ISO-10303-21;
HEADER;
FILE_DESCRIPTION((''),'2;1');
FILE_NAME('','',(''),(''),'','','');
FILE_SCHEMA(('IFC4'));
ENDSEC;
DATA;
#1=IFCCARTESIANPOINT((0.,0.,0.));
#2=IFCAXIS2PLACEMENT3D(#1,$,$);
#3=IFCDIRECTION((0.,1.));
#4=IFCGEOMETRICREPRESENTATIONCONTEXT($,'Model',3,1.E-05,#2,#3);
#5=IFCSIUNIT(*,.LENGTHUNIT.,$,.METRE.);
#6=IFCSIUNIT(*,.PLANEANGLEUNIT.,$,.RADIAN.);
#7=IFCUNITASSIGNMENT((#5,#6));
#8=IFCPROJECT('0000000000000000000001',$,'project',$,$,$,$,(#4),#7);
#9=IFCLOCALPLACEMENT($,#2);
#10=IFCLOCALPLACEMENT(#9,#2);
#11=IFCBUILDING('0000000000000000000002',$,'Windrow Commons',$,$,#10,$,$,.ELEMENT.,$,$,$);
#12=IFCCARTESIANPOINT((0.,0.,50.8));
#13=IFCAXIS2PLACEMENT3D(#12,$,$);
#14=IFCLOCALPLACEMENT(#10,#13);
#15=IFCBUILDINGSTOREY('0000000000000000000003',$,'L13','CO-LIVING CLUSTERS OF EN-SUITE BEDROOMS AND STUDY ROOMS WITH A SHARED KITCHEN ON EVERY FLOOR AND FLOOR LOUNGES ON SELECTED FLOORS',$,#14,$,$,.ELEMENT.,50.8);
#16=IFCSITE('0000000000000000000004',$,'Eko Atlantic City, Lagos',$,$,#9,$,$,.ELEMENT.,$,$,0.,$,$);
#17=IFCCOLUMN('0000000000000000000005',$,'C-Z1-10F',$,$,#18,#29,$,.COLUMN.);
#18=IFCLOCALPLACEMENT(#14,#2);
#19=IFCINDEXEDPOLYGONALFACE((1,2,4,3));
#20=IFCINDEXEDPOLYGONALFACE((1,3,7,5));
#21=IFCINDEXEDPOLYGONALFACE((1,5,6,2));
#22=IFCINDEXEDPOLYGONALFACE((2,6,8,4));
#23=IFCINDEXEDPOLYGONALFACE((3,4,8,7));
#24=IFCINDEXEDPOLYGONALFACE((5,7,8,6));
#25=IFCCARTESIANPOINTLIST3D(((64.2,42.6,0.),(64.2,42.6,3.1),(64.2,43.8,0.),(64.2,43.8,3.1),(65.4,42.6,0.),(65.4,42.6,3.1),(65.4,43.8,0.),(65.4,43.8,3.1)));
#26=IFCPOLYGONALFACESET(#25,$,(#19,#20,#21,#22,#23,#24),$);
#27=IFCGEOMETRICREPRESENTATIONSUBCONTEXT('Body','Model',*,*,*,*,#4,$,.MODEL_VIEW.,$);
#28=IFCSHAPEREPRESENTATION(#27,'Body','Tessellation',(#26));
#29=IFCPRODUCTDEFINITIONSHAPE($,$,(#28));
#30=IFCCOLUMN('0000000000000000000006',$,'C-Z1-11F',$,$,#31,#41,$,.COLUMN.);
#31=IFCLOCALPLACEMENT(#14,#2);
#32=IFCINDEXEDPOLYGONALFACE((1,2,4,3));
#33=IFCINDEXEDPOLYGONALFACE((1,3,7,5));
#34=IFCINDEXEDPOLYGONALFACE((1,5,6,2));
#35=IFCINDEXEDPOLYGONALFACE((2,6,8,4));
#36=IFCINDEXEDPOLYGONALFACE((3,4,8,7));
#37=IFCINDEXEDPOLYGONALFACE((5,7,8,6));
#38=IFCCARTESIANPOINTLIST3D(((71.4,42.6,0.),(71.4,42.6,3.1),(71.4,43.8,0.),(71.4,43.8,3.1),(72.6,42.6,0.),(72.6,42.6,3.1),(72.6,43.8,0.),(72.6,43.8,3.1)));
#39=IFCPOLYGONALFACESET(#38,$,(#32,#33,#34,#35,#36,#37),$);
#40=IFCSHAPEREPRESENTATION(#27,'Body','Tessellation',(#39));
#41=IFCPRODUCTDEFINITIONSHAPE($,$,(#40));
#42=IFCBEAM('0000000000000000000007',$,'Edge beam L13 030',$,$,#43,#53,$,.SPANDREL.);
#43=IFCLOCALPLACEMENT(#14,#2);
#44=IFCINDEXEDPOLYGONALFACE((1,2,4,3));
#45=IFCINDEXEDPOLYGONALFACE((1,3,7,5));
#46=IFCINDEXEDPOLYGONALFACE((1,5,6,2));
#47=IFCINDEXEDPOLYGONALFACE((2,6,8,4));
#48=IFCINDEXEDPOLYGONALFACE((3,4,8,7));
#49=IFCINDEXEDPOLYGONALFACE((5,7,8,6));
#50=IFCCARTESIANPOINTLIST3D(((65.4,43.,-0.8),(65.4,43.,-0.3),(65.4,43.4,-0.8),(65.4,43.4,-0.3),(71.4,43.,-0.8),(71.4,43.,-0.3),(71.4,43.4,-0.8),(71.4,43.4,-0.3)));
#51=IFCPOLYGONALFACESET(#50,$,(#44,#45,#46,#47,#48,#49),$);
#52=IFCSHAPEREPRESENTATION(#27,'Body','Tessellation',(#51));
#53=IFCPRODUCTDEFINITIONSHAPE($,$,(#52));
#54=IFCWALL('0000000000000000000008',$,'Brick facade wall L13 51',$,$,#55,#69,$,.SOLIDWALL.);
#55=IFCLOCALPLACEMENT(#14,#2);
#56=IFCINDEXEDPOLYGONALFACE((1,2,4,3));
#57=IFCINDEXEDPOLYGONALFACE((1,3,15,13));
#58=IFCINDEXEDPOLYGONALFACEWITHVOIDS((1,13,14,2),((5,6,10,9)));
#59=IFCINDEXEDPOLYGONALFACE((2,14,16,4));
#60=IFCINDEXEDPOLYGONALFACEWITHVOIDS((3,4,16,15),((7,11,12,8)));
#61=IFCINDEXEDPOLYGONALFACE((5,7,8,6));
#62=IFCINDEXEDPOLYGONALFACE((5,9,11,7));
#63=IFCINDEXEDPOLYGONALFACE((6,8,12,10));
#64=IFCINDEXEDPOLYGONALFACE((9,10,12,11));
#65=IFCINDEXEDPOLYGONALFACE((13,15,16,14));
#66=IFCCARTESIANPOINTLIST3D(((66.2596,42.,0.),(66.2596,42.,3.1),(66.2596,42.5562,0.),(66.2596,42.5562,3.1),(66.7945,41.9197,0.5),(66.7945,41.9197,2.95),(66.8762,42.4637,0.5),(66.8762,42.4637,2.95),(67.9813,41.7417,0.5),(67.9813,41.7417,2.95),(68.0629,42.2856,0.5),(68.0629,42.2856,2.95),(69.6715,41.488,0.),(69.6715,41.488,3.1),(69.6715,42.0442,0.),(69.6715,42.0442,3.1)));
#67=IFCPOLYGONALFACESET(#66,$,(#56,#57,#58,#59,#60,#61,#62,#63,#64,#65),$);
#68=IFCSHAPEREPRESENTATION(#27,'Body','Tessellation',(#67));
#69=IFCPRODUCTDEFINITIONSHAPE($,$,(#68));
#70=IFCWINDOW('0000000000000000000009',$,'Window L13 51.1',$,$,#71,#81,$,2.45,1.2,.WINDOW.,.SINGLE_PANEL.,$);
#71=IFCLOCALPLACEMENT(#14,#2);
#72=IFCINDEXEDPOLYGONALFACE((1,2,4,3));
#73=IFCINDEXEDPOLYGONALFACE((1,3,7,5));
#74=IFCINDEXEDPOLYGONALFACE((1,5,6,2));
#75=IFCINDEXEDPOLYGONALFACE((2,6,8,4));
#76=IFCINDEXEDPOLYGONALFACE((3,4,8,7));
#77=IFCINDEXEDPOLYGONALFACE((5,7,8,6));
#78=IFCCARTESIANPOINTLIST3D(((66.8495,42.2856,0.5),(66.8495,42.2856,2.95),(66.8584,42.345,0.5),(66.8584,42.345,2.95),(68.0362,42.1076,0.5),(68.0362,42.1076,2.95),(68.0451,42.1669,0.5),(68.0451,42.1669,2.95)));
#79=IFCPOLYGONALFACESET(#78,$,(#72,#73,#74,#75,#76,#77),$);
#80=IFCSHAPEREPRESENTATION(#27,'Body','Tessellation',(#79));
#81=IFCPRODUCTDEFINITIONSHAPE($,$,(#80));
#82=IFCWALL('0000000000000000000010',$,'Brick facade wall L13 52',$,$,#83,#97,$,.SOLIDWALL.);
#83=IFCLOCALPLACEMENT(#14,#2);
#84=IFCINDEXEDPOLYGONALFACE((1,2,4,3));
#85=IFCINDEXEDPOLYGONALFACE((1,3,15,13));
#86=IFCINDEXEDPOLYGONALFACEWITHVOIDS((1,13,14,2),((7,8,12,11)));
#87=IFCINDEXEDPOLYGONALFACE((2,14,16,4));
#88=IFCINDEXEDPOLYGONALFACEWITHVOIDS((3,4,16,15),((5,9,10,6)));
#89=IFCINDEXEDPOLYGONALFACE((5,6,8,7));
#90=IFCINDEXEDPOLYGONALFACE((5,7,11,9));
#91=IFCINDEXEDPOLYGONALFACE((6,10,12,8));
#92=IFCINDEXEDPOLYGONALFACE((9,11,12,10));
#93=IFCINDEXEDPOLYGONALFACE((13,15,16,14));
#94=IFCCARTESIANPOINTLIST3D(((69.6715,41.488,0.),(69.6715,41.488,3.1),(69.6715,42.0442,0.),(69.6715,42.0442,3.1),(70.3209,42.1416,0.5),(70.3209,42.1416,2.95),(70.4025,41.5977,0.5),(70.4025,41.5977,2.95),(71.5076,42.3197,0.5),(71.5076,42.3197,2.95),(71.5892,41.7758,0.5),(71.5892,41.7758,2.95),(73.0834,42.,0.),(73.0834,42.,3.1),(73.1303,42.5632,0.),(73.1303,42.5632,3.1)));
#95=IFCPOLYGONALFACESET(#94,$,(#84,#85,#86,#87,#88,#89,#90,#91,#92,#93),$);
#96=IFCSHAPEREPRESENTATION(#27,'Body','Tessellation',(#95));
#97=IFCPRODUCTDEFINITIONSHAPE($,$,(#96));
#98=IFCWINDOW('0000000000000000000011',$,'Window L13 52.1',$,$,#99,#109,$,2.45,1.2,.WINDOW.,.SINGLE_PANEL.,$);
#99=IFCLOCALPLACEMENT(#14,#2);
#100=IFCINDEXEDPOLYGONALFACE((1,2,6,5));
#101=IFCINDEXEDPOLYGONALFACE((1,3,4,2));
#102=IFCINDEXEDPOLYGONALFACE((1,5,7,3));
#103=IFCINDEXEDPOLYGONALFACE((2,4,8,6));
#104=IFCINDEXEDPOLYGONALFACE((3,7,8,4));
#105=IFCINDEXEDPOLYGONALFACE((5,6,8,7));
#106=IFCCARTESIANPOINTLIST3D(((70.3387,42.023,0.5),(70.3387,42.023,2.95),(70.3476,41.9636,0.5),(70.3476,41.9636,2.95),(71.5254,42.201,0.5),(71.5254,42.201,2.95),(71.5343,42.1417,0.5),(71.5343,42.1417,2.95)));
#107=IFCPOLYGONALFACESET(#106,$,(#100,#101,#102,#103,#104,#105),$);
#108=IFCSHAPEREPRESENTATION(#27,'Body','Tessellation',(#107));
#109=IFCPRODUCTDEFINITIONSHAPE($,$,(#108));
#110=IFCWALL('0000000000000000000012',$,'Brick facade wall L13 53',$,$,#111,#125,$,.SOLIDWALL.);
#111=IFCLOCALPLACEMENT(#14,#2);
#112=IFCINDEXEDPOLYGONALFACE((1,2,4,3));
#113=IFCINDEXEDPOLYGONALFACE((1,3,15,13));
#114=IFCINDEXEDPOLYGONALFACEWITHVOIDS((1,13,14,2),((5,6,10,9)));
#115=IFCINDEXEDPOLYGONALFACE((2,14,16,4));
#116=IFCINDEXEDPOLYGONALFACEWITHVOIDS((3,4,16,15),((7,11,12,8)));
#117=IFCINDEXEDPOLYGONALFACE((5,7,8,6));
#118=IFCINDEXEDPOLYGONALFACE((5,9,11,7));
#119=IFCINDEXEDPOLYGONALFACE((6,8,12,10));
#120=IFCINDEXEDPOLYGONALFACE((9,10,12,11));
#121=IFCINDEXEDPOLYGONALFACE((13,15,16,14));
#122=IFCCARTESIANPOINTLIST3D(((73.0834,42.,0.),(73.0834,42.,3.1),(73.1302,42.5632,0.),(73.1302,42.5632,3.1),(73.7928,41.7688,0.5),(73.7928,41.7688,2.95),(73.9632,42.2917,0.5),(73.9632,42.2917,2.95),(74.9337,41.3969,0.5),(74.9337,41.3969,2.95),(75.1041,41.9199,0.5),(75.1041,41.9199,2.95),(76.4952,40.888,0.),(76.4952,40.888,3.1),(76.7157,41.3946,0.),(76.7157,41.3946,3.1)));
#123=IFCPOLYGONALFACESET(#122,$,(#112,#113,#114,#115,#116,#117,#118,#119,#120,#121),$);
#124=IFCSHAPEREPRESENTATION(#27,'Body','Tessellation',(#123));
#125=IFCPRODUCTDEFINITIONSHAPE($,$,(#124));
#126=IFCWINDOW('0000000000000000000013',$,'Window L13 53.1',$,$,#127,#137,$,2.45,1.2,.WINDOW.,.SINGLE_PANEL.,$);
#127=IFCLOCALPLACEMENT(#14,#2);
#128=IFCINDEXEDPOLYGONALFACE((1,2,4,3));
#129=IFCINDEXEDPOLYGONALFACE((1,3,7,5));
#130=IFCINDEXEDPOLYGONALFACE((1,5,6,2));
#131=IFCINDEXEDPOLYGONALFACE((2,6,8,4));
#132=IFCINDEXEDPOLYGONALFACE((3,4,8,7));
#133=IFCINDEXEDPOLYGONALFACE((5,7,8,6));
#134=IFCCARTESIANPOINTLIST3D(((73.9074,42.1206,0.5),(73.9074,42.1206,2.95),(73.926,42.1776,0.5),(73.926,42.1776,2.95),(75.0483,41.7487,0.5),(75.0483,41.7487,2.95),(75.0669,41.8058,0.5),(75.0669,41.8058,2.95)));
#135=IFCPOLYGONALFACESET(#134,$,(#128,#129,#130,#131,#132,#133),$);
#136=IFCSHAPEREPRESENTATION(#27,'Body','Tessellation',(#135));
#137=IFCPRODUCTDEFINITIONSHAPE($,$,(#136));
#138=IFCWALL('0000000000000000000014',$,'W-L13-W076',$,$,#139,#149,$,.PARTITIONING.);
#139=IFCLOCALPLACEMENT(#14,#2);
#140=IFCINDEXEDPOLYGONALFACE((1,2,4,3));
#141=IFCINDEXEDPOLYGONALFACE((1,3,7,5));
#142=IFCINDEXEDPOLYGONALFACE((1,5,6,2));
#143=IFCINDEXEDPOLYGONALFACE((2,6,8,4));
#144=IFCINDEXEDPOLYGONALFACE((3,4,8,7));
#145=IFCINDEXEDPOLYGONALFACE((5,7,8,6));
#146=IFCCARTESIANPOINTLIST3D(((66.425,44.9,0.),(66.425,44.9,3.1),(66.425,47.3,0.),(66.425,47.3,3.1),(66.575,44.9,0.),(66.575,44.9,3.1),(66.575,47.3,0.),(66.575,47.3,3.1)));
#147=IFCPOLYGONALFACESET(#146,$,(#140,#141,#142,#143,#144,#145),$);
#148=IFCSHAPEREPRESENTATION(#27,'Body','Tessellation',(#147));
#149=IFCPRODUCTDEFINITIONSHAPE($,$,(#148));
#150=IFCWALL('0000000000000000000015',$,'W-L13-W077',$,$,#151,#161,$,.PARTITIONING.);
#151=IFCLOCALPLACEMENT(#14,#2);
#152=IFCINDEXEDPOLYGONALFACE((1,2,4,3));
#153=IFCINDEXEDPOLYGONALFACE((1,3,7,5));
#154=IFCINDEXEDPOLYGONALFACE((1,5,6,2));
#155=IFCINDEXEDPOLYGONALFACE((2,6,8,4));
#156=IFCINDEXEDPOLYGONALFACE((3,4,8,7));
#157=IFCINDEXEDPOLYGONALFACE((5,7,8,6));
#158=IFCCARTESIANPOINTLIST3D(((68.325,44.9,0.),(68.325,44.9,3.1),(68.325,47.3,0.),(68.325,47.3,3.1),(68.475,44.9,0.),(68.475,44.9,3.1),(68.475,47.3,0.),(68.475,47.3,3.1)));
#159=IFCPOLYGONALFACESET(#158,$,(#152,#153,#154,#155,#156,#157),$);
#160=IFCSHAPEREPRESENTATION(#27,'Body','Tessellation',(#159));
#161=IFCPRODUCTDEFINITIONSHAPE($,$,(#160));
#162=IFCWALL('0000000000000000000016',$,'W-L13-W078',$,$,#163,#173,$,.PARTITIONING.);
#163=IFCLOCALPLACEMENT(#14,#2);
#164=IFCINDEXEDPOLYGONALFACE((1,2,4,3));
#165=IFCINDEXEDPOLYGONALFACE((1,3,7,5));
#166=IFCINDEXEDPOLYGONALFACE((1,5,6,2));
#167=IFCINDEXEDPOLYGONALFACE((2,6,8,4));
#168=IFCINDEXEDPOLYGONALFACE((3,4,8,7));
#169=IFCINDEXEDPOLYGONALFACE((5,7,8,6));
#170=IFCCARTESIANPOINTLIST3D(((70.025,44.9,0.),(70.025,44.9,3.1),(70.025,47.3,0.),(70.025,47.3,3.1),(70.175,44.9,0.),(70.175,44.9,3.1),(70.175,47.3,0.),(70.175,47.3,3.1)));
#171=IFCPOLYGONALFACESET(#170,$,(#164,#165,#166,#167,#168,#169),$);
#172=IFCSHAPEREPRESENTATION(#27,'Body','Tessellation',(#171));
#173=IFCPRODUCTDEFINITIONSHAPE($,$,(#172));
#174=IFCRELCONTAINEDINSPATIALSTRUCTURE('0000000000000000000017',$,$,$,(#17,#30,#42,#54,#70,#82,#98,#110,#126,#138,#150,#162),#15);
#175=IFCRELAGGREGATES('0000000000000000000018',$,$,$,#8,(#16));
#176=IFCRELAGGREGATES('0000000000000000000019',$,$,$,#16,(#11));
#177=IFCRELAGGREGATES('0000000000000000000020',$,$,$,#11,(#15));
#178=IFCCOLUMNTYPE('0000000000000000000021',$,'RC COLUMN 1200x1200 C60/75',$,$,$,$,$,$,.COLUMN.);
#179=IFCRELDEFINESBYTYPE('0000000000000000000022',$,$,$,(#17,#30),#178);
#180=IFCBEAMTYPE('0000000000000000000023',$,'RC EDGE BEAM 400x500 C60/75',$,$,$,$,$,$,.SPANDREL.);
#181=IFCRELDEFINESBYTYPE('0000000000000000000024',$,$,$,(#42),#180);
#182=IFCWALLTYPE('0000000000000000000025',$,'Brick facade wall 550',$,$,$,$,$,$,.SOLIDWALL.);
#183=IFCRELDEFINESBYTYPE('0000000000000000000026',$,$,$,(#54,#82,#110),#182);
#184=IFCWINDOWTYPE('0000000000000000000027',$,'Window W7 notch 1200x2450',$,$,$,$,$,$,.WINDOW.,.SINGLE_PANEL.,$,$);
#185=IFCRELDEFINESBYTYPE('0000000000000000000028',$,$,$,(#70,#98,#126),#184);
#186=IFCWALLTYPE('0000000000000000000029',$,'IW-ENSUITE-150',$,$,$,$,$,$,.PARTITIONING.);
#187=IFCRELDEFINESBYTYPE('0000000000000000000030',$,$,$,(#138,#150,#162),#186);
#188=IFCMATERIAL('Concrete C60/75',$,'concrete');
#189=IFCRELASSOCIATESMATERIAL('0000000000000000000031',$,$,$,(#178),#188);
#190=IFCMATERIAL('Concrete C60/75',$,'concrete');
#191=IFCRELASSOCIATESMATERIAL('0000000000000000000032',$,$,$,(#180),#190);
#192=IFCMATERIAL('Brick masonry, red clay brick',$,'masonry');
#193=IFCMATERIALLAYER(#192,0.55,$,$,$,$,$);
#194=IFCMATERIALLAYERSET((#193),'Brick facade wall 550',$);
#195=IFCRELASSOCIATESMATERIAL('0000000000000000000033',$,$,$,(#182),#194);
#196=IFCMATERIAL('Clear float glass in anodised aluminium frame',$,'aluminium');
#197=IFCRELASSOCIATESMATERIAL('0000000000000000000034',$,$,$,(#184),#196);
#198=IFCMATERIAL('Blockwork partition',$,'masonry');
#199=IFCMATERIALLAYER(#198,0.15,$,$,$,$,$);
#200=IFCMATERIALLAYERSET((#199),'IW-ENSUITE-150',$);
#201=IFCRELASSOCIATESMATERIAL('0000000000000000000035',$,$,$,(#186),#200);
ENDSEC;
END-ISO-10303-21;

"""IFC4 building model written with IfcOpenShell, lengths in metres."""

from ifc_helpers import new_model, si_unit, direction, frame, frame_2d, origin, origin_2d, place, context, subcontext, project, spatial, polyline, rectangle, outline, extrude, material, layer, layer_set, material_profile, profile_set, type_object, element, fill, save


model = new_model("IFC4")

# Units and contexts
model_context = context("Model", 3, precision=1e-05, world=origin(), true_north=direction((0.0, 1.0)))
body_context = subcontext(model_context, "Body", "Model", "MODEL_VIEW")
ifc_project = project(units=[si_unit("LENGTHUNIT", "METRE"), si_unit("PLANEANGLEUNIT", "RADIAN")], contexts=[model_context])

# Site, building, storey
site_placement = place(None, origin())
site = spatial("IfcSite", under=ifc_project, at=site_placement, Name="Eko Atlantic City, Lagos", CompositionType="ELEMENT", RefElevation=0.0)
building_placement = place(site_placement, origin())
building = spatial("IfcBuilding", under=site, at=building_placement, Name="Windrow Commons", CompositionType="ELEMENT")
storey_placement = place(building_placement, frame((0.0, 0.0, 50.8)))
storey = spatial("IfcBuildingStorey", under=building, at=storey_placement, Name="L13", Description="CO-LIVING CLUSTERS OF EN-SUITE BEDROOMS AND STUDY ROOMS WITH A SHARED KITCHEN ON EVERY FLOOR AND FLOOR LOUNGES ON SELECTED FLOORS", CompositionType="ELEMENT", Elevation=50.8)

# Columns
ifc_material_1 = material(Name="Concrete C60/75", Category="concrete")
ifc_material_profile_1 = material_profile(ifc_material_1, rectangle(XDim=1.2, YDim=1.2, at=origin_2d()))
ifc_profile_set_1 = profile_set([ifc_material_profile_1], Name="Concrete C60/75")
column_type = type_object("IfcColumnType", Name="RC COLUMN 1200x1200 C60/75", PredefinedType="COLUMN", material=ifc_profile_set_1)
for number, where, z_axis, x_axis, name in (
    (1, (64.8, 43.2, 0.0), (0.0, 0.0, 1.0), (1.0, 0.0, 0.0), "C-Z1-10F"),
    (2, (72.0, 43.2, 0.0), (0.0, 0.0, 1.0), (1.0, 0.0, 0.0), "C-Z1-11F"),
):
    element("IfcColumn", number, at=place(storey_placement, frame(where, z_axis=z_axis, x_axis=x_axis)), inside=storey, type_object=column_type, Name=name, PredefinedType="COLUMN", context=body_context, shape_type="SweptSolid", body=[
        extrude(rectangle(XDim=1.2, YDim=1.2, at=origin_2d()), origin(), (0.0, 0.0, 1.0), 3.1),
    ])

# Beam
ifc_material_2 = material(Name="Concrete C60/75", Category="concrete")
ifc_material_profile_2 = material_profile(ifc_material_2, rectangle(XDim=0.4, YDim=0.5, at=origin_2d()))
ifc_profile_set_2 = profile_set([ifc_material_profile_2], Name="Concrete C60/75")
beam_type = type_object("IfcBeamType", Name="RC EDGE BEAM 400x500 C60/75", PredefinedType="SPANDREL", material=ifc_profile_set_2)
beam_placement = place(storey_placement, frame((71.4, 43.2, -0.55), z_axis=(-1.0, 0.0, 0.0), x_axis=(0.0, -1.0, 0.0)))
element("IfcBeam", 3, at=beam_placement, inside=storey, type_object=beam_type, Name="Edge beam L13 030", PredefinedType="SPANDREL", context=body_context, shape_type="SweptSolid", body=[
    extrude(rectangle(XDim=0.4, YDim=0.5, at=origin_2d()), origin(), (0.0, 0.0, 1.0), 6.0),
])

# Walls, openings, windows
ifc_material_3 = material(Name="Brick masonry, red clay brick", Category="masonry")
ifc_layer_1 = layer(ifc_material_3, 0.55)
ifc_layer_set_1 = layer_set([ifc_layer_1], Name="Brick facade wall 550")
wall_type_1 = type_object("IfcWallType", Name="Brick facade wall 550", PredefinedType="SOLIDWALL", material=ifc_layer_set_1)
wall_1_placement = place(storey_placement, frame((66.2596, 42.2781, 0.0), z_axis=(0.0, 0.0, 1.0), x_axis=(0.988927, -0.148401, 0.0)))
wall_1 = element("IfcWall", 4, at=wall_1_placement, inside=storey, type_object=wall_type_1, Name="Brick facade wall L13 51", PredefinedType="SOLIDWALL", context=body_context, shape_type="SweptSolid", body=[
    extrude(outline(polyline([(0.0413, -0.275), (3.4914, -0.275), (3.4088, 0.275), (-0.0413, 0.275), (0.0413, -0.275)])), origin(), (0.0, 0.0, 1.0), 3.1),
])
opening_1_placement = place(wall_1_placement, frame((0.5822, 0.0, 0.5)))
opening_1 = element("IfcOpeningElement", 5, at=opening_1_placement, cuts=wall_1, PredefinedType="OPENING", context=body_context, shape_type="SweptSolid", body=[
    extrude(rectangle(XDim=1.2, YDim=2.45, at=frame_2d((0.6, 1.225))), frame((0.0, 0.285, 0.0), z_axis=(0.0, -1.0, 0.0), x_axis=(1.0, 0.0, 0.0)), (0.0, 0.0, 1.0), 0.57),
])
ifc_material_4 = material(Name="Clear float glass in anodised aluminium frame", Category="aluminium")
window_type = type_object("IfcWindowType", Name="Window W7 notch 1200x2450", PartitioningType="SINGLE_PANEL", PredefinedType="WINDOW", material=ifc_material_4)
window_1_placement = place(opening_1_placement, origin())
window_1 = element("IfcWindow", 6, at=window_1_placement, inside=storey, type_object=window_type, Name="Window L13 51.1", OverallHeight=2.45, OverallWidth=1.2, PartitioningType="SINGLE_PANEL", PredefinedType="WINDOW", context=body_context, shape_type="SweptSolid", body=[
    extrude(rectangle(XDim=1.2, YDim=2.45, at=frame_2d((0.6, 1.225))), frame((0.0, 0.155, 0.0), z_axis=(0.0, -1.0, 0.0), x_axis=(1.0, 0.0, 0.0)), (0.0, 0.0, 1.0), 0.06),
])
fill(opening_1, window_1)
wall_2_placement = place(storey_placement, frame((69.6715, 41.7661, 0.0), z_axis=(0.0, 0.0, 1.0), x_axis=(0.988928, 0.148398, 0.0)))
wall_2 = element("IfcWall", 7, at=wall_2_placement, inside=storey, type_object=wall_type_1, Name="Brick facade wall L13 52", PredefinedType="SOLIDWALL", context=body_context, shape_type="SweptSolid", body=[
    extrude(outline(polyline([(-0.0413, -0.275), (3.4088, -0.275), (3.5388, 0.275), (0.0413, 0.275), (-0.0413, -0.275)])), origin(), (0.0, 0.0, 1.0), 3.1),
])
opening_2_placement = place(wall_2_placement, frame((0.6979, 0.0, 0.5)))
opening_2 = element("IfcOpeningElement", 8, at=opening_2_placement, cuts=wall_2, PredefinedType="OPENING", context=body_context, shape_type="SweptSolid", body=[
    extrude(rectangle(XDim=1.2, YDim=2.45, at=frame_2d((0.6, 1.225))), frame((0.0, 0.285, 0.0), z_axis=(0.0, -1.0, 0.0), x_axis=(1.0, 0.0, 0.0)), (0.0, 0.0, 1.0), 0.57),
])
window_2_placement = place(opening_2_placement, origin())
window_2 = element("IfcWindow", 9, at=window_2_placement, inside=storey, type_object=window_type, Name="Window L13 52.1", OverallHeight=2.45, OverallWidth=1.2, PartitioningType="SINGLE_PANEL", PredefinedType="WINDOW", context=body_context, shape_type="SweptSolid", body=[
    extrude(rectangle(XDim=1.2, YDim=2.45, at=frame_2d((0.6, 1.225))), frame((0.0, 0.155, 0.0), z_axis=(0.0, -1.0, 0.0), x_axis=(1.0, 0.0, 0.0)), (0.0, 0.0, 1.0), 0.06),
])
fill(opening_2, window_2)
wall_3_placement = place(storey_placement, frame((73.1068, 42.2816, 0.0), z_axis=(0.0, 0.0, 1.0), x_axis=(0.950776, -0.309878, 0.0)))
wall_3 = element("IfcWall", 10, at=wall_3_placement, inside=storey, type_object=wall_type_1, Name="Brick facade wall L13 53", PredefinedType="SOLIDWALL", context=body_context, shape_type="SweptSolid", body=[
    extrude(outline(polyline([(0.065, -0.275), (3.6535, -0.275), (3.7061, 0.275), (-0.065, 0.275), (0.065, -0.275)])), origin(), (0.0, 0.0, 1.0), 3.1),
])
opening_3_placement = place(wall_3_placement, frame((0.8111, 0.0, 0.5)))
opening_3 = element("IfcOpeningElement", 11, at=opening_3_placement, cuts=wall_3, PredefinedType="OPENING", context=body_context, shape_type="SweptSolid", body=[
    extrude(rectangle(XDim=1.2, YDim=2.45, at=frame_2d((0.6, 1.225))), frame((0.0, 0.285, 0.0), z_axis=(0.0, -1.0, 0.0), x_axis=(1.0, 0.0, 0.0)), (0.0, 0.0, 1.0), 0.57),
])
window_3_placement = place(opening_3_placement, origin())
window_3 = element("IfcWindow", 12, at=window_3_placement, inside=storey, type_object=window_type, Name="Window L13 53.1", OverallHeight=2.45, OverallWidth=1.2, PartitioningType="SINGLE_PANEL", PredefinedType="WINDOW", context=body_context, shape_type="SweptSolid", body=[
    extrude(rectangle(XDim=1.2, YDim=2.45, at=frame_2d((0.6, 1.225))), frame((0.0, 0.155, 0.0), z_axis=(0.0, -1.0, 0.0), x_axis=(1.0, 0.0, 0.0)), (0.0, 0.0, 1.0), 0.06),
])
fill(opening_3, window_3)

# Walls
ifc_material_5 = material(Name="Blockwork partition", Category="masonry")
ifc_layer_2 = layer(ifc_material_5, 0.15)
ifc_layer_set_2 = layer_set([ifc_layer_2], Name="IW-ENSUITE-150")
wall_type_2 = type_object("IfcWallType", Name="IW-ENSUITE-150", PredefinedType="PARTITIONING", material=ifc_layer_set_2)
for number, where, z_axis, x_axis, name in (
    (13, (66.5, 44.9, 0.0), (0.0, 0.0, 1.0), (0.0, 1.0, 0.0), "W-L13-W076"),
    (14, (68.4, 44.9, 0.0), (0.0, 0.0, 1.0), (0.0, 1.0, 0.0), "W-L13-W077"),
    (15, (70.1, 44.9, 0.0), (0.0, 0.0, 1.0), (0.0, 1.0, 0.0), "W-L13-W078"),
):
    element("IfcWall", number, at=place(storey_placement, frame(where, z_axis=z_axis, x_axis=x_axis)), inside=storey, type_object=wall_type_2, Name=name, PredefinedType="PARTITIONING", context=body_context, shape_type="SweptSolid", body=[
        extrude(rectangle(XDim=2.4, YDim=0.15, at=frame_2d((1.2, 0.0))), origin(), (0.0, 0.0, 1.0), 3.1),
    ])

save(model, "model.ifc")
